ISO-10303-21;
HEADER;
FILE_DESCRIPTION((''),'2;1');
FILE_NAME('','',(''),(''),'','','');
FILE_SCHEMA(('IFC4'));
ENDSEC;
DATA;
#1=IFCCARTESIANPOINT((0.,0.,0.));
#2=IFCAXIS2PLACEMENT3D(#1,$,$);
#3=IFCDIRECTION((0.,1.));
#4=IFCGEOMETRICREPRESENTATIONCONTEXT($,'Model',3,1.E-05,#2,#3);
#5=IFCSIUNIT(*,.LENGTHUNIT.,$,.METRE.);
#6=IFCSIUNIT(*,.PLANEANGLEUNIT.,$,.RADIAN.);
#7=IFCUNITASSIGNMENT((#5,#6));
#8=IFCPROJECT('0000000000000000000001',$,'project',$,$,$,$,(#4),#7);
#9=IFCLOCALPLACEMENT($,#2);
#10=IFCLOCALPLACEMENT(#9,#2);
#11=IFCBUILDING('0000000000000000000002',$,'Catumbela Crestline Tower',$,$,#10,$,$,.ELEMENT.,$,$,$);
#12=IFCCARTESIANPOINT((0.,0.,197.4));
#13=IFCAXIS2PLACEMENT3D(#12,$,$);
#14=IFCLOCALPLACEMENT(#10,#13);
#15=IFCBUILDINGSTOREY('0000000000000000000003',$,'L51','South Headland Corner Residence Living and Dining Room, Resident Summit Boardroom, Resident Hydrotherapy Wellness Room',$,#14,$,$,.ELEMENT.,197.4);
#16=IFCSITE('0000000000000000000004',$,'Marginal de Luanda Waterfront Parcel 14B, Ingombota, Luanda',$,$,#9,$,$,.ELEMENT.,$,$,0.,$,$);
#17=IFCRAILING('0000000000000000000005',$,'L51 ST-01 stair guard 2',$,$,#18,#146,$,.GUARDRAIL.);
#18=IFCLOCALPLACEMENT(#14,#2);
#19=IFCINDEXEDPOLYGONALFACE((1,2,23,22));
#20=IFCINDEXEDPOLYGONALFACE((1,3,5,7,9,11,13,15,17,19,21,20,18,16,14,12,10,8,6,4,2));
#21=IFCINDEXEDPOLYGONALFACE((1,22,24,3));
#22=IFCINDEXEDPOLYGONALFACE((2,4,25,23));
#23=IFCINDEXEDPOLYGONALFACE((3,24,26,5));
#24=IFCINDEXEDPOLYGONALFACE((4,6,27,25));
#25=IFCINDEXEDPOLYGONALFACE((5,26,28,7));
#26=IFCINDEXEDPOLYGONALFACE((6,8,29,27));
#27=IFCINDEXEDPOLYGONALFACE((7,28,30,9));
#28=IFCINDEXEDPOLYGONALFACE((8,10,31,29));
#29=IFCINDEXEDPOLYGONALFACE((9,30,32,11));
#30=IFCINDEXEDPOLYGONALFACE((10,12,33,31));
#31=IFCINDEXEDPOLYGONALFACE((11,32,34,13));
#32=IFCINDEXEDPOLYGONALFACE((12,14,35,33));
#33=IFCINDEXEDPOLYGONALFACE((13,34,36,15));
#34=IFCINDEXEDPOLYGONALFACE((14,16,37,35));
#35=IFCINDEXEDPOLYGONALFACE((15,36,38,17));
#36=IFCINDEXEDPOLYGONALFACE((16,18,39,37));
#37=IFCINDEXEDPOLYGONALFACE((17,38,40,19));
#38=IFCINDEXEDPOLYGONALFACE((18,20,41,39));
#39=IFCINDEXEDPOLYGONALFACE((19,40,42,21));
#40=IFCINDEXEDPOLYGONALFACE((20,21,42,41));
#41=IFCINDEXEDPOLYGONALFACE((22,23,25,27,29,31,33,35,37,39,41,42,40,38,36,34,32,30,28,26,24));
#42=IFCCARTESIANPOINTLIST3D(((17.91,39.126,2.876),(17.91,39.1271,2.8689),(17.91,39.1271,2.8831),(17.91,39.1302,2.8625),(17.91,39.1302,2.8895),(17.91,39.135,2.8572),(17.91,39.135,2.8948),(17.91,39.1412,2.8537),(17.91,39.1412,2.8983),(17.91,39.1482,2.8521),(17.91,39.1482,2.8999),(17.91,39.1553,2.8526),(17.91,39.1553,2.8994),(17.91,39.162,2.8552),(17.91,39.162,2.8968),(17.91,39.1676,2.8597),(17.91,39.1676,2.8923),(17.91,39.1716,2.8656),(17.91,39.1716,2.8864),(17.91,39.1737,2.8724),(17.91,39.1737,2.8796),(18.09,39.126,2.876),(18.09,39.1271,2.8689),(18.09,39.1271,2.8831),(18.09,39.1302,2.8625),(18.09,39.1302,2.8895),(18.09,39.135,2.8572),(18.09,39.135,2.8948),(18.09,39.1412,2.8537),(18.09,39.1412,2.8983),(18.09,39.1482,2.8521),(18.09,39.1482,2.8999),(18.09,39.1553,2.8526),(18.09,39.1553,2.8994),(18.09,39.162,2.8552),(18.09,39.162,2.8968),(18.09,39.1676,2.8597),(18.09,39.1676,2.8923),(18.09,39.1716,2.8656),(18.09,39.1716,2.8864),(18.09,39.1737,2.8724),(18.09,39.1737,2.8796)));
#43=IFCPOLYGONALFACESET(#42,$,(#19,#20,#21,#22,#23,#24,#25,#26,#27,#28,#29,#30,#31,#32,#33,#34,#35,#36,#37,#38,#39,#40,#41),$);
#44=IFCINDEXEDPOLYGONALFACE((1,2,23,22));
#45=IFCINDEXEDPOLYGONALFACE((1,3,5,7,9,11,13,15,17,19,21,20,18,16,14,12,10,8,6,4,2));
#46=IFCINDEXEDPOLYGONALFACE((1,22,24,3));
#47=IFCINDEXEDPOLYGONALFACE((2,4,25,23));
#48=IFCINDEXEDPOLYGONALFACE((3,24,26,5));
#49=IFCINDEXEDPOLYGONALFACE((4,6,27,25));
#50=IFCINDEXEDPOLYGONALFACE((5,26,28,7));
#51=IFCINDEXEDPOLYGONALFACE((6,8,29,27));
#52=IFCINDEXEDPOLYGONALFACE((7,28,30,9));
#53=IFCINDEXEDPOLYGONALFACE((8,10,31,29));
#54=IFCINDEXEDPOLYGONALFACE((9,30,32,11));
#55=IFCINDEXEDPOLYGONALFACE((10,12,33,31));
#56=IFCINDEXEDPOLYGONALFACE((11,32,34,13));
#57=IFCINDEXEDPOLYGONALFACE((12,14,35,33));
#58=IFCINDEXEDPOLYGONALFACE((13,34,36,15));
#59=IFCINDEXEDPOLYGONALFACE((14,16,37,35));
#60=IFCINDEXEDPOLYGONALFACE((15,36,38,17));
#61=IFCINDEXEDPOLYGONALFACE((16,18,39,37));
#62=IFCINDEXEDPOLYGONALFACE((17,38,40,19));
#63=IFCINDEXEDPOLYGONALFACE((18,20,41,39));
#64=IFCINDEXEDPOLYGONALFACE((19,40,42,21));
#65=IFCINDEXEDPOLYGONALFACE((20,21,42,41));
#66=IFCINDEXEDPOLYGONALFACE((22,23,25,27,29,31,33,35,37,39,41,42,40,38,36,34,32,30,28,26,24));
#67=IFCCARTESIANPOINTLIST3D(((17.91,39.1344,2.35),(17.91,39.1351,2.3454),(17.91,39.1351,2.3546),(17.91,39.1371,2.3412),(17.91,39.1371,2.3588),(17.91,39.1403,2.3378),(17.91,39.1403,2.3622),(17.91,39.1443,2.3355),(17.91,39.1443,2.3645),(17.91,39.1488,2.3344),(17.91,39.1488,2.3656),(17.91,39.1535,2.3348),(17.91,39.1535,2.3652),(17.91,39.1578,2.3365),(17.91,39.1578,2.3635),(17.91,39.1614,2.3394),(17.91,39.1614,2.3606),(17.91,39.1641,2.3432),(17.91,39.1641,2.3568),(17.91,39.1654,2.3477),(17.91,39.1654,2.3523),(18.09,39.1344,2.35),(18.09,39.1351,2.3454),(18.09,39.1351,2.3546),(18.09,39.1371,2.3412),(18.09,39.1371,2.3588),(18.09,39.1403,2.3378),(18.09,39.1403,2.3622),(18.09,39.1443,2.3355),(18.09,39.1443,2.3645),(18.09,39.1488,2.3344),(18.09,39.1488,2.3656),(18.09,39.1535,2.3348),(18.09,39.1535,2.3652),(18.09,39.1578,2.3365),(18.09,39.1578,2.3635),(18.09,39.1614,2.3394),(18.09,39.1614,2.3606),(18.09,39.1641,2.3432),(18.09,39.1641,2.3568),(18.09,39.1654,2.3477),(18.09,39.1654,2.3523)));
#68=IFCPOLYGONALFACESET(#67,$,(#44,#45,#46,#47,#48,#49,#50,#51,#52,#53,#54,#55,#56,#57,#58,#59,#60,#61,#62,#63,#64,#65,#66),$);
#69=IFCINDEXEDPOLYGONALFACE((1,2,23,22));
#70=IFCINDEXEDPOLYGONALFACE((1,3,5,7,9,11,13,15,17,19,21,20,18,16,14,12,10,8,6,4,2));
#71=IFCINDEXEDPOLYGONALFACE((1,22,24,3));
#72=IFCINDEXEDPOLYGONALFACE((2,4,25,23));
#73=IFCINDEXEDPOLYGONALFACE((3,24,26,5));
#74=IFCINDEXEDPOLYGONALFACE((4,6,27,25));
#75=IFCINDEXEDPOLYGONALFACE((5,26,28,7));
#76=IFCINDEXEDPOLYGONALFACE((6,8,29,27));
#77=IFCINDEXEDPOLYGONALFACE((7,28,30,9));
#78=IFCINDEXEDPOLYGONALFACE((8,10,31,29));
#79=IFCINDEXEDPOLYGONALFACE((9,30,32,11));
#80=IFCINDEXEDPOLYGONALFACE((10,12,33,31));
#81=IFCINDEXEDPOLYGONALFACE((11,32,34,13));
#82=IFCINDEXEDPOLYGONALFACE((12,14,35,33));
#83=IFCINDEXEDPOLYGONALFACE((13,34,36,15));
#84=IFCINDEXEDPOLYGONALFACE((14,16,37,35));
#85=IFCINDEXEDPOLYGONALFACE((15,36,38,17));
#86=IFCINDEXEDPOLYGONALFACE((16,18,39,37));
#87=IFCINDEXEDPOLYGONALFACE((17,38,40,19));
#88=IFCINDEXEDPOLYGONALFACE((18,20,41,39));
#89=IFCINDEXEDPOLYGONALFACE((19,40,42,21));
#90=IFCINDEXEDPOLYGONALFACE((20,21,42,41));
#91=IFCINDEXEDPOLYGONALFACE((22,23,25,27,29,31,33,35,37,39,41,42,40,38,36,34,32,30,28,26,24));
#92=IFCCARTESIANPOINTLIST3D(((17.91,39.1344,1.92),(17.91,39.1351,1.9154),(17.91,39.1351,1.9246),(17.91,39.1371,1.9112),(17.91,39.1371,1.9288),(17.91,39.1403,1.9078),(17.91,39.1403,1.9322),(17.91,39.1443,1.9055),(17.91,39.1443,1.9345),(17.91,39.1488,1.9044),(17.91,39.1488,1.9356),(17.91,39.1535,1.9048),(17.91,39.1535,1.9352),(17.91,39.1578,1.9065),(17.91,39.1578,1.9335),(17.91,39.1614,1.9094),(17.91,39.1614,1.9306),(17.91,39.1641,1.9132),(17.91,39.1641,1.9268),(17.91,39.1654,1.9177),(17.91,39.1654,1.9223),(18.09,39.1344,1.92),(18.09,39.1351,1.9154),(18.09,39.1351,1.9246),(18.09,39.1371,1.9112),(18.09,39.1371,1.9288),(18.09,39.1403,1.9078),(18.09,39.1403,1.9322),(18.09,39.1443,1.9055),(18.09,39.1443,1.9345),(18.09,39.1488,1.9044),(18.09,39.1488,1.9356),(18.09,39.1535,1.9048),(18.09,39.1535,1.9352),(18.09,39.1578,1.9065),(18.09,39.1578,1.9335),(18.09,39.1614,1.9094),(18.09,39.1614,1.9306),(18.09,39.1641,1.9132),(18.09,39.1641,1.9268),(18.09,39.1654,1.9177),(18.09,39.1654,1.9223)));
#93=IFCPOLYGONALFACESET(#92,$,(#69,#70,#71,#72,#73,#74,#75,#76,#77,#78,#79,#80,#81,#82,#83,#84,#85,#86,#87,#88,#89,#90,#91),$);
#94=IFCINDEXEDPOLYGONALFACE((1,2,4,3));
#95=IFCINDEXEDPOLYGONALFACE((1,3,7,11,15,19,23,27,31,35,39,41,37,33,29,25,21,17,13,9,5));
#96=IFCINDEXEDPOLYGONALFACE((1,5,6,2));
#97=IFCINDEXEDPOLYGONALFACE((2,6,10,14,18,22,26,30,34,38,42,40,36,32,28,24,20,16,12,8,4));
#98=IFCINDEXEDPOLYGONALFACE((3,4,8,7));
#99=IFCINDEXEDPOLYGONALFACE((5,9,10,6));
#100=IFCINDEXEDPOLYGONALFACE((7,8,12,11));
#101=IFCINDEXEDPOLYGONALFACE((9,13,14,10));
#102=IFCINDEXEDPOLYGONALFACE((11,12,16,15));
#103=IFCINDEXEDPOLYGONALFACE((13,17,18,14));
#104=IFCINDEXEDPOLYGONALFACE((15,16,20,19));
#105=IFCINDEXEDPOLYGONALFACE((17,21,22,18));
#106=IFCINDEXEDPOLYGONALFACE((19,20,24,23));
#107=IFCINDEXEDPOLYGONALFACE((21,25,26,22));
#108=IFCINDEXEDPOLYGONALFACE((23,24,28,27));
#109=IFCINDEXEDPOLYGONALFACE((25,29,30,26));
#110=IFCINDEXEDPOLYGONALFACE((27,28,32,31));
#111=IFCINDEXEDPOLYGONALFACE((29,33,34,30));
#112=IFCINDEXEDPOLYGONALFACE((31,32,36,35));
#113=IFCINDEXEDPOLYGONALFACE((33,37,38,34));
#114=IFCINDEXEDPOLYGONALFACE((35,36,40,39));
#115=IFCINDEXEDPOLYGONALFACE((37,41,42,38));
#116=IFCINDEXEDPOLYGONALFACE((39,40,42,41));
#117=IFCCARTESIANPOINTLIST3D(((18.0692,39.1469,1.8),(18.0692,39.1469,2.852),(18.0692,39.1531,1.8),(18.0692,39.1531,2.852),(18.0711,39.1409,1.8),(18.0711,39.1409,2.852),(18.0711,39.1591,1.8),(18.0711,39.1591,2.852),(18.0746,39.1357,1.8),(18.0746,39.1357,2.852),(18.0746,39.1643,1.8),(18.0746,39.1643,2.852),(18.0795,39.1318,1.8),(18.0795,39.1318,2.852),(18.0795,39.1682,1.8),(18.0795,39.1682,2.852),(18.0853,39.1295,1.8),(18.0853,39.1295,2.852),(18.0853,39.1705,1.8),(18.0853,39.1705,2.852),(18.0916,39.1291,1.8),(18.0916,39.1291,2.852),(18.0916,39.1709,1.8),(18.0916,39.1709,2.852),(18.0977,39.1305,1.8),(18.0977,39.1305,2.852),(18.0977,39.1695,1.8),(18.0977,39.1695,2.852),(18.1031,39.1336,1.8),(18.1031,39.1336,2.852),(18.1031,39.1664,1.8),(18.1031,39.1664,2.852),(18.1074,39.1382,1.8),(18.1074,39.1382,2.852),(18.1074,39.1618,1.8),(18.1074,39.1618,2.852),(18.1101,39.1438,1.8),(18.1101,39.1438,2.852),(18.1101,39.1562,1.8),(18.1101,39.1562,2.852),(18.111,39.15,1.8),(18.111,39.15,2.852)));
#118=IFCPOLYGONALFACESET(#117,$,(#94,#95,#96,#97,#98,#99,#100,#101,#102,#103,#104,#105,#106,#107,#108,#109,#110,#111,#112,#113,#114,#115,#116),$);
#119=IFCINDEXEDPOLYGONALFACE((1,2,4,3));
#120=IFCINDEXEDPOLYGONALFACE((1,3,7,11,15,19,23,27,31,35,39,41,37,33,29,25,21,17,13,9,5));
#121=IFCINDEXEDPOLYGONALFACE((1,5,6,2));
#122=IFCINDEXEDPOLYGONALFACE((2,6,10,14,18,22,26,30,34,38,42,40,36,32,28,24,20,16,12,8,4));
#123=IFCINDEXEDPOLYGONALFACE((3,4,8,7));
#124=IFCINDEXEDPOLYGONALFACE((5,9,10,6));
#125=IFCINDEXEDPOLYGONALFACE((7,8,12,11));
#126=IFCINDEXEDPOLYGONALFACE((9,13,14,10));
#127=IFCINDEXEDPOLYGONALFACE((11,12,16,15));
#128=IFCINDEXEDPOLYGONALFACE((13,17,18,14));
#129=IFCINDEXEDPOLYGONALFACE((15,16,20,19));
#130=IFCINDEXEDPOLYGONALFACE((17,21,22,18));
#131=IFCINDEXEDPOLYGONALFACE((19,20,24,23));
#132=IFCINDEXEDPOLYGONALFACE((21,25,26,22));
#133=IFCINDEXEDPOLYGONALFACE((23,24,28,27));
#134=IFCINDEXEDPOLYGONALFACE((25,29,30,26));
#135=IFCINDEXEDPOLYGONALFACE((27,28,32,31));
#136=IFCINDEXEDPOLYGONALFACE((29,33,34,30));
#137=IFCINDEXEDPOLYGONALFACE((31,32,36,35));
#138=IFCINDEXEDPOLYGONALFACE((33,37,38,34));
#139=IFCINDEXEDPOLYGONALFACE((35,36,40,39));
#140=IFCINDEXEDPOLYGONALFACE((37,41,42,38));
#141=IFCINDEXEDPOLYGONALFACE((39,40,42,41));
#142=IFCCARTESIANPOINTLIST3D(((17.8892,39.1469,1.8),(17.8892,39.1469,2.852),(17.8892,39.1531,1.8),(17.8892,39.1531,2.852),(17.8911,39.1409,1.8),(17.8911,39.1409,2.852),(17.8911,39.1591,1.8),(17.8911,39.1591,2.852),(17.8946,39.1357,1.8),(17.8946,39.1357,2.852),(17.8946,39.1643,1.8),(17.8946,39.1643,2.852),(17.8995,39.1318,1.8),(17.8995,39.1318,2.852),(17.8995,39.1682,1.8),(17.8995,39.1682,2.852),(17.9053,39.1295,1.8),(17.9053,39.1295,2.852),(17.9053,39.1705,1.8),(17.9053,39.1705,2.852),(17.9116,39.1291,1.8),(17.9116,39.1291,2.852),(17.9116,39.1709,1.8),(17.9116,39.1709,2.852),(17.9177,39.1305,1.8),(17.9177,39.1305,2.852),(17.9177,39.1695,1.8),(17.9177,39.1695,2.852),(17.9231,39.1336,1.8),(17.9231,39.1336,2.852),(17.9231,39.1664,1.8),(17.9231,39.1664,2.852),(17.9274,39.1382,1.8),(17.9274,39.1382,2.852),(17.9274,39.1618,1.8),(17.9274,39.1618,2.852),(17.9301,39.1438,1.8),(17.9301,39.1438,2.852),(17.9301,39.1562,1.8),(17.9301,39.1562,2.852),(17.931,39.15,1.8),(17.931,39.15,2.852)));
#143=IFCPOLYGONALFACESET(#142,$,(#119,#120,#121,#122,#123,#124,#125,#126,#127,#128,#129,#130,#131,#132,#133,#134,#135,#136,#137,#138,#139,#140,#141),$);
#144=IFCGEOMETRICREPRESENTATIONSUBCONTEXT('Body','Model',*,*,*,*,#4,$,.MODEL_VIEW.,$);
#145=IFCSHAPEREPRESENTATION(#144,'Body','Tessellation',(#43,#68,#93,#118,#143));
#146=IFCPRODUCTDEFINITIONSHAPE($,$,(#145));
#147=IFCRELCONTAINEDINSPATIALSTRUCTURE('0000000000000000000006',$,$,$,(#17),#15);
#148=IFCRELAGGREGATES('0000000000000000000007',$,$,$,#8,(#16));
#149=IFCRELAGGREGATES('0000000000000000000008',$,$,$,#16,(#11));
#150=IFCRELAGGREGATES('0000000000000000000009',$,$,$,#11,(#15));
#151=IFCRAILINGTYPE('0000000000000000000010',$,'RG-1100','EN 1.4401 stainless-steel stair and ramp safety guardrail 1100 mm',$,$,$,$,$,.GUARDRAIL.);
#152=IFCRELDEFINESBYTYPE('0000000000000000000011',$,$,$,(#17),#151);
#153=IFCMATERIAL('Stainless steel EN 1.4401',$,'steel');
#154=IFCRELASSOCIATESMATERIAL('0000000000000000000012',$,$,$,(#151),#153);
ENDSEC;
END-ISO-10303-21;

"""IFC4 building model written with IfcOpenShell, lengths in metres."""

from ifc_helpers import new_model, si_unit, direction, frame, origin, origin_2d, place, context, subcontext, project, spatial, circle, extrude, material, type_object, element, save


model = new_model("IFC4")

# Units and contexts
model_context = context("Model", 3, precision=1e-05, world=origin(), true_north=direction((0.0, 1.0)))
body_context = subcontext(model_context, "Body", "Model", "MODEL_VIEW")
ifc_project = project(units=[si_unit("LENGTHUNIT", "METRE"), si_unit("PLANEANGLEUNIT", "RADIAN")], contexts=[model_context])

# Site, building, storey
site_placement = place(None, origin())
site = spatial("IfcSite", under=ifc_project, at=site_placement, Name="Marginal de Luanda Waterfront Parcel 14B, Ingombota, Luanda", CompositionType="ELEMENT", RefElevation=0.0)
building_placement = place(site_placement, origin())
building = spatial("IfcBuilding", under=site, at=building_placement, Name="Catumbela Crestline Tower", CompositionType="ELEMENT")
storey_placement = place(building_placement, frame((0.0, 0.0, 197.4)))
storey = spatial("IfcBuildingStorey", under=building, at=storey_placement, Name="L51", Description="South Headland Corner Residence Living and Dining Room, Resident Summit Boardroom, Resident Hydrotherapy Wellness Room", CompositionType="ELEMENT", Elevation=197.4)

# Shared definitions
ifc_material_1 = material(Name="Stainless steel EN 1.4401", Category="steel")

# Railing
railing_type_1 = type_object("IfcRailingType", Name="RG-1100", Description="EN 1.4401 stainless-steel stair and ramp safety guardrail 1100 mm", PredefinedType="GUARDRAIL", material=ifc_material_1)
railing_1_placement = place(storey_placement, frame((18.09, 39.15, 1.8)))
element("IfcRailing", 1, at=railing_1_placement, inside=storey, type_object=railing_type_1, Name="L51 ST-01 stair guard 2", PredefinedType="GUARDRAIL", context=body_context, shape_type="SweptSolid", body=[
    extrude(circle(Radius=0.024, at=origin_2d()), frame((0.0, 0.0, 1.076), z_axis=(-1.0, 0.0, 0.0), x_axis=(0.0, -1.0, 0.0)), (0.0, 0.0, 1.0), 0.18),
    extrude(circle(Radius=0.0156, at=origin_2d()), frame((0.0, 0.0, 0.55), z_axis=(-1.0, 0.0, 0.0), x_axis=(0.0, -1.0, 0.0)), (0.0, 0.0, 1.0), 0.18),
    extrude(circle(Radius=0.0156, at=origin_2d()), frame((0.0, 0.0, 0.12), z_axis=(-1.0, 0.0, 0.0), x_axis=(0.0, -1.0, 0.0)), (0.0, 0.0, 1.0), 0.18),
    extrude(circle(Radius=0.021, at=origin_2d()), origin(), (0.0, 0.0, 1.0), 1.052),
    extrude(circle(Radius=0.021, at=origin_2d()), frame((-0.18, 0.0, 0.0)), (0.0, 0.0, 1.0), 1.052),
])

save(model, "model.ifc")
